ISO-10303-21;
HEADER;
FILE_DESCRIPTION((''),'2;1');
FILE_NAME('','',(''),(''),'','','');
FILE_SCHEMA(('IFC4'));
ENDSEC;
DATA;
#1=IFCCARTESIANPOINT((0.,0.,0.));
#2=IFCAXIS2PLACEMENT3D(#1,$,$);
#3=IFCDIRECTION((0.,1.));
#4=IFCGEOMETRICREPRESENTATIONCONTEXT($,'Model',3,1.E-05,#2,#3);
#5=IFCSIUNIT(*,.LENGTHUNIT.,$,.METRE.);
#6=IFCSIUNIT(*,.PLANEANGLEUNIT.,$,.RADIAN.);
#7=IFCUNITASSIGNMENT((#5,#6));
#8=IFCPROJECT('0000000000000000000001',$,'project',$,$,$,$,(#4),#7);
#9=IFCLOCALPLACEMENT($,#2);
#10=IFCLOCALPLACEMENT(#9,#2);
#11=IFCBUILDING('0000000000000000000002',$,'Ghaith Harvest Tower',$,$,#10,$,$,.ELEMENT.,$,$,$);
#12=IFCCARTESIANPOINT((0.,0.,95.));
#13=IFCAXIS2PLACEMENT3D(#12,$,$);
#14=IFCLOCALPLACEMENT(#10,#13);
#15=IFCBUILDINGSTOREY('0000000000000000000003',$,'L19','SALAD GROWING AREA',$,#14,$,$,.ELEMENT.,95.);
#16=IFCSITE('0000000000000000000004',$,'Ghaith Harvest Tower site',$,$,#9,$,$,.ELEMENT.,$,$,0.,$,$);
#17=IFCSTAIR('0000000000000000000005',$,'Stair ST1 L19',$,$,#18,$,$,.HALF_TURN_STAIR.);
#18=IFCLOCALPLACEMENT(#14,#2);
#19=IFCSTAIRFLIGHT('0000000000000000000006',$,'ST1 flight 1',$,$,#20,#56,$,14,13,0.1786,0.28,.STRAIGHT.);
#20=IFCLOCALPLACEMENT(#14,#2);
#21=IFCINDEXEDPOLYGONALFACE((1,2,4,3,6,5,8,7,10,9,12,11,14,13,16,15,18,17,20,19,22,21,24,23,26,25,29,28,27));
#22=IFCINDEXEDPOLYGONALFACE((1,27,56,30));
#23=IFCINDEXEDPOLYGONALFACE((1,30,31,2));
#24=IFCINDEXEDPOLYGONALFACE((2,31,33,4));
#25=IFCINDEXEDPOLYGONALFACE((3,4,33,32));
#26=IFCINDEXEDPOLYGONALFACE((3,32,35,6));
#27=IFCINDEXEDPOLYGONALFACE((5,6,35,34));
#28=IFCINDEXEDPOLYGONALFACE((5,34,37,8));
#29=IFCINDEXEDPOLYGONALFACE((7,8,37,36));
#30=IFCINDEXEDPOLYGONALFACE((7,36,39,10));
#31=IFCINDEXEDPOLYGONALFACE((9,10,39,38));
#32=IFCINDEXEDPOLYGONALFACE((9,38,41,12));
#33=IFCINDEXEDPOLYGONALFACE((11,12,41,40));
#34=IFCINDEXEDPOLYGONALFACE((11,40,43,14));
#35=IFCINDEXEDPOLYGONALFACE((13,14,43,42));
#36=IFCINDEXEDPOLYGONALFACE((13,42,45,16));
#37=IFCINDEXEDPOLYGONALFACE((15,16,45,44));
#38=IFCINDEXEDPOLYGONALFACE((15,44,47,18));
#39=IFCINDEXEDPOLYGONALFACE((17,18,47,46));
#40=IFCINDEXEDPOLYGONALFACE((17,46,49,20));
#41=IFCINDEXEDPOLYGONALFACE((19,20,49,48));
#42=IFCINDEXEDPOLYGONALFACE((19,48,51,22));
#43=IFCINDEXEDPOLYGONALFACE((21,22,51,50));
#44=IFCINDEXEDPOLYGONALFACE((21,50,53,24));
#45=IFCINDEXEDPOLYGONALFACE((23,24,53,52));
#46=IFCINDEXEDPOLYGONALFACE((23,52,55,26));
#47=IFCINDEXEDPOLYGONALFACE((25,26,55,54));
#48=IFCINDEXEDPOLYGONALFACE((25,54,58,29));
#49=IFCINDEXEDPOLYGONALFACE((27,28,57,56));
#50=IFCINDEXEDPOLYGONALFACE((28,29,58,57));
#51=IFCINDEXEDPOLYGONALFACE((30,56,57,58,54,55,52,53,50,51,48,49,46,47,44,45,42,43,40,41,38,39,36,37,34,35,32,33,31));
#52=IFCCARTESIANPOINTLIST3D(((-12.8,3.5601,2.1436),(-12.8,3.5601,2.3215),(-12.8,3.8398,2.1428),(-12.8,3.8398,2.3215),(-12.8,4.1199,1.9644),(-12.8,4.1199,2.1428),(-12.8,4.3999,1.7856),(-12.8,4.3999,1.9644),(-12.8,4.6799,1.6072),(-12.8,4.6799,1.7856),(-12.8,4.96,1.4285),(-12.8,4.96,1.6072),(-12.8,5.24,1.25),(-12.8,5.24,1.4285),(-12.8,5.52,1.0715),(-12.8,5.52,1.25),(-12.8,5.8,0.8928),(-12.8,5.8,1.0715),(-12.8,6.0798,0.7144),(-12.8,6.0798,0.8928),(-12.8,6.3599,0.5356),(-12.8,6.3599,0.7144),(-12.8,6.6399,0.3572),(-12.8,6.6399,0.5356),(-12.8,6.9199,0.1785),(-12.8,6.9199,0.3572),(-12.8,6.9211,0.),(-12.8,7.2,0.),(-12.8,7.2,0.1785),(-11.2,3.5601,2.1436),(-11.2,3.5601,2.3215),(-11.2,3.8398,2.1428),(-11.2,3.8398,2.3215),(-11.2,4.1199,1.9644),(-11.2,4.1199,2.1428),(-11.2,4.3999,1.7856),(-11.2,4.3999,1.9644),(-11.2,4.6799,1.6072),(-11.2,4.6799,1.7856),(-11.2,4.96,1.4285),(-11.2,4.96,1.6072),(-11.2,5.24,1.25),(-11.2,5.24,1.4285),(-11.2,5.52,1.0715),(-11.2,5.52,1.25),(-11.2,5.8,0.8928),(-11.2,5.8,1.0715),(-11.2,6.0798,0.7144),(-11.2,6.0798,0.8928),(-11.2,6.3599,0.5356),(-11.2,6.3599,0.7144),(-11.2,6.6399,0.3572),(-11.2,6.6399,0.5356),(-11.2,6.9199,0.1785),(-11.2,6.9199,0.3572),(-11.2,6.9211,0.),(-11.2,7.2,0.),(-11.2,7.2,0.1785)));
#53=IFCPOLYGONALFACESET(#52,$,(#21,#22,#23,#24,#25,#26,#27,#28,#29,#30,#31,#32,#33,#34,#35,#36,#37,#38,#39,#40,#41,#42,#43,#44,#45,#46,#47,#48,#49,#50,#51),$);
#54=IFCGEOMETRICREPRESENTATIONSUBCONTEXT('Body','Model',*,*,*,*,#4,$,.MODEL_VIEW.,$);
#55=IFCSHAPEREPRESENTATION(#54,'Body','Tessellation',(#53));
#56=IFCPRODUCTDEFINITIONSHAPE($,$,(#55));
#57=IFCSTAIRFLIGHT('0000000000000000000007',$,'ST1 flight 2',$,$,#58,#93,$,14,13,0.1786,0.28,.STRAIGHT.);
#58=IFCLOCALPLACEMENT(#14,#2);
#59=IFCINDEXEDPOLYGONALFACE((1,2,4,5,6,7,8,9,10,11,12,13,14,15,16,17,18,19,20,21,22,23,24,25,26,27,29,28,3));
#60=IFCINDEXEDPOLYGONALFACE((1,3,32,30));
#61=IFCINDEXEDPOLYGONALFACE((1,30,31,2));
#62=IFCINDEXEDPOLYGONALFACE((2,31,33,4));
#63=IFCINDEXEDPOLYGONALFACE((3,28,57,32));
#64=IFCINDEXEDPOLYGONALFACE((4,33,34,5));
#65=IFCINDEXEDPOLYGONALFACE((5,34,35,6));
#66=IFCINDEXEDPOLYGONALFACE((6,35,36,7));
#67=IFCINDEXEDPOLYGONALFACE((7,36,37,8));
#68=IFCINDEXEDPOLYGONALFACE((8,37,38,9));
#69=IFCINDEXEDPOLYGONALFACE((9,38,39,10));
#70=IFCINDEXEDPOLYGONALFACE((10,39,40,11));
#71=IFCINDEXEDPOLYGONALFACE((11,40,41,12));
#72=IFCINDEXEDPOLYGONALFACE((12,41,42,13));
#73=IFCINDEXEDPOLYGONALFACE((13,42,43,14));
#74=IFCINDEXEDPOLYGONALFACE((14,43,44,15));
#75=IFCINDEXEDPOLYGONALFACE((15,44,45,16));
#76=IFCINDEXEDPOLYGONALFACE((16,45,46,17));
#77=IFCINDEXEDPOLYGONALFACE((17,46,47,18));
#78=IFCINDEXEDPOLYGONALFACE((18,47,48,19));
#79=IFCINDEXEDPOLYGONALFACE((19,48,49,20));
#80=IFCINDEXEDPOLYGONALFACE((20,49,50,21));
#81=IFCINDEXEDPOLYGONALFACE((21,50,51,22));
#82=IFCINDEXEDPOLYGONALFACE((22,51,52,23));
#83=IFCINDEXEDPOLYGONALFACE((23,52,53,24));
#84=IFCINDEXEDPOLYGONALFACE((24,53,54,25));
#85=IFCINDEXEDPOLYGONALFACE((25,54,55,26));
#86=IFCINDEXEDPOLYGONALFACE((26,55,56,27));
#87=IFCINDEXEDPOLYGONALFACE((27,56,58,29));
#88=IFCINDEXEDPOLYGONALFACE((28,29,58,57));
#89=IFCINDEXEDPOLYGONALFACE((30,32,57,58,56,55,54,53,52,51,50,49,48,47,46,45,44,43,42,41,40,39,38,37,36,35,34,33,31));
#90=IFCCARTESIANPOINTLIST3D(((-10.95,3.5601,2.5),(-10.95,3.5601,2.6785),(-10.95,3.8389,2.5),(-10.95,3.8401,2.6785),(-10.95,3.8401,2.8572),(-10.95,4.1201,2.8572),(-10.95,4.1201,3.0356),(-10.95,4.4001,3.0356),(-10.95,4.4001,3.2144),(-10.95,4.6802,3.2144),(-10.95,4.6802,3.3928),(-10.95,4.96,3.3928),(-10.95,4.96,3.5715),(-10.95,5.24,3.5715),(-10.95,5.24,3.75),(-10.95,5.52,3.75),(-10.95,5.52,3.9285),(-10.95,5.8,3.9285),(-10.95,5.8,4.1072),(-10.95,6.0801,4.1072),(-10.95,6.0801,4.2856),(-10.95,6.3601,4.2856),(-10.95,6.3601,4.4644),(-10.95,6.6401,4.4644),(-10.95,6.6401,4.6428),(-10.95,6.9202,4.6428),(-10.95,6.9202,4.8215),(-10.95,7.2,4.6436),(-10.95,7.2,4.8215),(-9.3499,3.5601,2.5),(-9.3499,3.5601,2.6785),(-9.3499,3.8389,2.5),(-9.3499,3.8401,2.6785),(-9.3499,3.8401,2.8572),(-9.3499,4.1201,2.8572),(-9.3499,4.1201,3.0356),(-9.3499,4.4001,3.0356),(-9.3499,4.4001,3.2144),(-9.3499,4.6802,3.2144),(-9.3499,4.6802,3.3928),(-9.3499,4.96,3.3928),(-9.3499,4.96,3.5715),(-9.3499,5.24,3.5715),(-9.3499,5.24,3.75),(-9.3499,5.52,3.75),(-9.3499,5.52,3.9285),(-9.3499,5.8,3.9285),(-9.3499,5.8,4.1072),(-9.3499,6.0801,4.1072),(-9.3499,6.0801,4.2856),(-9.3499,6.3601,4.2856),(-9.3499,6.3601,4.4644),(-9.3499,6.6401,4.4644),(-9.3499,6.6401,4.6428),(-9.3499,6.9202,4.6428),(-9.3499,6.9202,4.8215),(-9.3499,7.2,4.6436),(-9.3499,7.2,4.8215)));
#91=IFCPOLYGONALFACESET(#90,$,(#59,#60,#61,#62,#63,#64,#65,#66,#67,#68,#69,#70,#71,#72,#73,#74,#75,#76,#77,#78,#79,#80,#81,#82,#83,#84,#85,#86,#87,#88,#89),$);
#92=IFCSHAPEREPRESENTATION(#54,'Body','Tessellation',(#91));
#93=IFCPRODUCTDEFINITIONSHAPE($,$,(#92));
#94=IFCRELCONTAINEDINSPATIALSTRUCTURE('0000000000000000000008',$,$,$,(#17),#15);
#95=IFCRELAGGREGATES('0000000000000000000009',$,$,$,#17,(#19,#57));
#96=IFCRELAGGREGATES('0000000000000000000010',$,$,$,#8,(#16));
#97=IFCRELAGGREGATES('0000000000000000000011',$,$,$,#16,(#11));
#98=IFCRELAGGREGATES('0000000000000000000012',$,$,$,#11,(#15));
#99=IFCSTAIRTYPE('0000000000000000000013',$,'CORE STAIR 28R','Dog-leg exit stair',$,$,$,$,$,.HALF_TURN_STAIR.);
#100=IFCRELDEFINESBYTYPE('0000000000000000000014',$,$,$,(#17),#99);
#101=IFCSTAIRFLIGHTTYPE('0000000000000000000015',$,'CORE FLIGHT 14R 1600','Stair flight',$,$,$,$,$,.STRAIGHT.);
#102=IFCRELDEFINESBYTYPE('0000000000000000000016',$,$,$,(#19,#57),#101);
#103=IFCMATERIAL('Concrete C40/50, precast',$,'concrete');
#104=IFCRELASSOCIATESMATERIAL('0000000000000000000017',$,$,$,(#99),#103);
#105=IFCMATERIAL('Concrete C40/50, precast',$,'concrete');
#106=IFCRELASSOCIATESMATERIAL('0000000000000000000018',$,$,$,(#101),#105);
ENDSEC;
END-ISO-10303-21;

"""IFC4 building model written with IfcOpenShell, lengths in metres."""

from ifc_helpers import new_model, si_unit, direction, frame, origin, place, context, subcontext, project, spatial, polyline, outline, extrude, material, type_object, element, aggregate, save


model = new_model("IFC4")

# Units and contexts
model_context = context("Model", 3, precision=1e-05, world=origin(), true_north=direction((0.0, 1.0)))
body_context = subcontext(model_context, "Body", "Model", "MODEL_VIEW")
ifc_project = project(units=[si_unit("LENGTHUNIT", "METRE"), si_unit("PLANEANGLEUNIT", "RADIAN")], contexts=[model_context])

# Site, building, storey
site_placement = place(None, origin())
site = spatial("IfcSite", under=ifc_project, at=site_placement, Name="Ghaith Harvest Tower site", CompositionType="ELEMENT", RefElevation=0.0)
building_placement = place(site_placement, origin())
building = spatial("IfcBuilding", under=site, at=building_placement, Name="Ghaith Harvest Tower", CompositionType="ELEMENT")
storey_placement = place(building_placement, frame((0.0, 0.0, 95.0)))
storey = spatial("IfcBuildingStorey", under=building, at=storey_placement, Name="L19", Description="SALAD GROWING AREA", CompositionType="ELEMENT", Elevation=95.0)

# Stair, stair flights
ifc_material_1 = material(Name="Concrete C40/50, precast", Category="concrete")
stair_type = type_object("IfcStairType", Name="CORE STAIR 28R", Description="Dog-leg exit stair", PredefinedType="HALF_TURN_STAIR", material=ifc_material_1)
stair_placement = place(storey_placement, origin())
stair = element("IfcStair", 1, at=stair_placement, inside=storey, type_object=stair_type, Name="Stair ST1 L19", PredefinedType="HALF_TURN_STAIR")
ifc_material_2 = material(Name="Concrete C40/50, precast", Category="concrete")
stair_flight_type = type_object("IfcStairFlightType", Name="CORE FLIGHT 14R 1600", Description="Stair flight", PredefinedType="STRAIGHT", material=ifc_material_2)
stair_flight_1_placement = place(storey_placement, frame((-12.0, 7.2, 0.0), z_axis=(0.0, 0.0, 1.0), x_axis=(0.0, -1.0, 0.0)))
stair_flight_1 = element("IfcStairFlight", 2, at=stair_flight_1_placement, type_object=stair_flight_type, Name="ST1 flight 1", NumberOfRisers=14, NumberOfTreads=13, PredefinedType="STRAIGHT", RiserHeight=0.1786, TreadLength=0.28, context=body_context, shape_type="SweptSolid", body=[
    extrude(outline(polyline([(0.0, 0.0), (0.0, 0.1785), (0.28, 0.1785), (0.28, 0.3572), (0.5601, 0.3572), (0.5601, 0.5356), (0.8401, 0.5356), (0.8401, 0.7144), (1.1201, 0.7144), (1.1201, 0.8928), (1.3999, 0.8928), (1.3999, 1.0715), (1.6799, 1.0715), (1.6799, 1.25), (1.96, 1.25), (1.96, 1.4285), (2.24, 1.4285), (2.24, 1.6072), (2.52, 1.6072), (2.52, 1.7856), (2.8, 1.7856), (2.8, 1.9644), (3.0801, 1.9644), (3.0801, 2.1428), (3.3601, 2.1428), (3.3601, 2.3215), (3.6399, 2.3215), (3.6399, 2.5), (3.6399, 2.1436), (0.2788, 0.0), (0.0, 0.0)])), frame((0.0, 0.8, 0.0), z_axis=(0.0, -1.0, 0.0), x_axis=(1.0, 0.0, 0.0)), (0.0, 0.0, 1.0), 1.6001),
])
stair_flight_2_placement = place(storey_placement, frame((-10.1499, 3.5601, 2.5), z_axis=(0.0, 0.0, 1.0), x_axis=(0.0, 1.0, 0.0)))
stair_flight_2 = element("IfcStairFlight", 3, at=stair_flight_2_placement, type_object=stair_flight_type, Name="ST1 flight 2", NumberOfRisers=14, NumberOfTreads=13, PredefinedType="STRAIGHT", RiserHeight=0.1786, TreadLength=0.28, context=body_context, shape_type="SweptSolid", body=[
    extrude(outline(polyline([(0.0, 0.0), (0.0, 0.1785), (0.28, 0.1785), (0.28, 0.3572), (0.5601, 0.3572), (0.5601, 0.5356), (0.8401, 0.5356), (0.8401, 0.7144), (1.1201, 0.7144), (1.1201, 0.8928), (1.3999, 0.8928), (1.3999, 1.0715), (1.6799, 1.0715), (1.6799, 1.25), (1.96, 1.25), (1.96, 1.4285), (2.24, 1.4285), (2.24, 1.6072), (2.52, 1.6072), (2.52, 1.7856), (2.8, 1.7856), (2.8, 1.9644), (3.0801, 1.9644), (3.0801, 2.1428), (3.3601, 2.1428), (3.3601, 2.3215), (3.6399, 2.3215), (3.6399, 2.5), (3.6399, 2.1436), (0.2788, 0.0), (0.0, 0.0)])), frame((0.0, 0.8, 0.0), z_axis=(0.0, -1.0, 0.0), x_axis=(1.0, 0.0, 0.0)), (0.0, 0.0, 1.0), 1.6001),
])
aggregate(stair, [stair_flight_1, stair_flight_2])

save(model, "model.ifc")
